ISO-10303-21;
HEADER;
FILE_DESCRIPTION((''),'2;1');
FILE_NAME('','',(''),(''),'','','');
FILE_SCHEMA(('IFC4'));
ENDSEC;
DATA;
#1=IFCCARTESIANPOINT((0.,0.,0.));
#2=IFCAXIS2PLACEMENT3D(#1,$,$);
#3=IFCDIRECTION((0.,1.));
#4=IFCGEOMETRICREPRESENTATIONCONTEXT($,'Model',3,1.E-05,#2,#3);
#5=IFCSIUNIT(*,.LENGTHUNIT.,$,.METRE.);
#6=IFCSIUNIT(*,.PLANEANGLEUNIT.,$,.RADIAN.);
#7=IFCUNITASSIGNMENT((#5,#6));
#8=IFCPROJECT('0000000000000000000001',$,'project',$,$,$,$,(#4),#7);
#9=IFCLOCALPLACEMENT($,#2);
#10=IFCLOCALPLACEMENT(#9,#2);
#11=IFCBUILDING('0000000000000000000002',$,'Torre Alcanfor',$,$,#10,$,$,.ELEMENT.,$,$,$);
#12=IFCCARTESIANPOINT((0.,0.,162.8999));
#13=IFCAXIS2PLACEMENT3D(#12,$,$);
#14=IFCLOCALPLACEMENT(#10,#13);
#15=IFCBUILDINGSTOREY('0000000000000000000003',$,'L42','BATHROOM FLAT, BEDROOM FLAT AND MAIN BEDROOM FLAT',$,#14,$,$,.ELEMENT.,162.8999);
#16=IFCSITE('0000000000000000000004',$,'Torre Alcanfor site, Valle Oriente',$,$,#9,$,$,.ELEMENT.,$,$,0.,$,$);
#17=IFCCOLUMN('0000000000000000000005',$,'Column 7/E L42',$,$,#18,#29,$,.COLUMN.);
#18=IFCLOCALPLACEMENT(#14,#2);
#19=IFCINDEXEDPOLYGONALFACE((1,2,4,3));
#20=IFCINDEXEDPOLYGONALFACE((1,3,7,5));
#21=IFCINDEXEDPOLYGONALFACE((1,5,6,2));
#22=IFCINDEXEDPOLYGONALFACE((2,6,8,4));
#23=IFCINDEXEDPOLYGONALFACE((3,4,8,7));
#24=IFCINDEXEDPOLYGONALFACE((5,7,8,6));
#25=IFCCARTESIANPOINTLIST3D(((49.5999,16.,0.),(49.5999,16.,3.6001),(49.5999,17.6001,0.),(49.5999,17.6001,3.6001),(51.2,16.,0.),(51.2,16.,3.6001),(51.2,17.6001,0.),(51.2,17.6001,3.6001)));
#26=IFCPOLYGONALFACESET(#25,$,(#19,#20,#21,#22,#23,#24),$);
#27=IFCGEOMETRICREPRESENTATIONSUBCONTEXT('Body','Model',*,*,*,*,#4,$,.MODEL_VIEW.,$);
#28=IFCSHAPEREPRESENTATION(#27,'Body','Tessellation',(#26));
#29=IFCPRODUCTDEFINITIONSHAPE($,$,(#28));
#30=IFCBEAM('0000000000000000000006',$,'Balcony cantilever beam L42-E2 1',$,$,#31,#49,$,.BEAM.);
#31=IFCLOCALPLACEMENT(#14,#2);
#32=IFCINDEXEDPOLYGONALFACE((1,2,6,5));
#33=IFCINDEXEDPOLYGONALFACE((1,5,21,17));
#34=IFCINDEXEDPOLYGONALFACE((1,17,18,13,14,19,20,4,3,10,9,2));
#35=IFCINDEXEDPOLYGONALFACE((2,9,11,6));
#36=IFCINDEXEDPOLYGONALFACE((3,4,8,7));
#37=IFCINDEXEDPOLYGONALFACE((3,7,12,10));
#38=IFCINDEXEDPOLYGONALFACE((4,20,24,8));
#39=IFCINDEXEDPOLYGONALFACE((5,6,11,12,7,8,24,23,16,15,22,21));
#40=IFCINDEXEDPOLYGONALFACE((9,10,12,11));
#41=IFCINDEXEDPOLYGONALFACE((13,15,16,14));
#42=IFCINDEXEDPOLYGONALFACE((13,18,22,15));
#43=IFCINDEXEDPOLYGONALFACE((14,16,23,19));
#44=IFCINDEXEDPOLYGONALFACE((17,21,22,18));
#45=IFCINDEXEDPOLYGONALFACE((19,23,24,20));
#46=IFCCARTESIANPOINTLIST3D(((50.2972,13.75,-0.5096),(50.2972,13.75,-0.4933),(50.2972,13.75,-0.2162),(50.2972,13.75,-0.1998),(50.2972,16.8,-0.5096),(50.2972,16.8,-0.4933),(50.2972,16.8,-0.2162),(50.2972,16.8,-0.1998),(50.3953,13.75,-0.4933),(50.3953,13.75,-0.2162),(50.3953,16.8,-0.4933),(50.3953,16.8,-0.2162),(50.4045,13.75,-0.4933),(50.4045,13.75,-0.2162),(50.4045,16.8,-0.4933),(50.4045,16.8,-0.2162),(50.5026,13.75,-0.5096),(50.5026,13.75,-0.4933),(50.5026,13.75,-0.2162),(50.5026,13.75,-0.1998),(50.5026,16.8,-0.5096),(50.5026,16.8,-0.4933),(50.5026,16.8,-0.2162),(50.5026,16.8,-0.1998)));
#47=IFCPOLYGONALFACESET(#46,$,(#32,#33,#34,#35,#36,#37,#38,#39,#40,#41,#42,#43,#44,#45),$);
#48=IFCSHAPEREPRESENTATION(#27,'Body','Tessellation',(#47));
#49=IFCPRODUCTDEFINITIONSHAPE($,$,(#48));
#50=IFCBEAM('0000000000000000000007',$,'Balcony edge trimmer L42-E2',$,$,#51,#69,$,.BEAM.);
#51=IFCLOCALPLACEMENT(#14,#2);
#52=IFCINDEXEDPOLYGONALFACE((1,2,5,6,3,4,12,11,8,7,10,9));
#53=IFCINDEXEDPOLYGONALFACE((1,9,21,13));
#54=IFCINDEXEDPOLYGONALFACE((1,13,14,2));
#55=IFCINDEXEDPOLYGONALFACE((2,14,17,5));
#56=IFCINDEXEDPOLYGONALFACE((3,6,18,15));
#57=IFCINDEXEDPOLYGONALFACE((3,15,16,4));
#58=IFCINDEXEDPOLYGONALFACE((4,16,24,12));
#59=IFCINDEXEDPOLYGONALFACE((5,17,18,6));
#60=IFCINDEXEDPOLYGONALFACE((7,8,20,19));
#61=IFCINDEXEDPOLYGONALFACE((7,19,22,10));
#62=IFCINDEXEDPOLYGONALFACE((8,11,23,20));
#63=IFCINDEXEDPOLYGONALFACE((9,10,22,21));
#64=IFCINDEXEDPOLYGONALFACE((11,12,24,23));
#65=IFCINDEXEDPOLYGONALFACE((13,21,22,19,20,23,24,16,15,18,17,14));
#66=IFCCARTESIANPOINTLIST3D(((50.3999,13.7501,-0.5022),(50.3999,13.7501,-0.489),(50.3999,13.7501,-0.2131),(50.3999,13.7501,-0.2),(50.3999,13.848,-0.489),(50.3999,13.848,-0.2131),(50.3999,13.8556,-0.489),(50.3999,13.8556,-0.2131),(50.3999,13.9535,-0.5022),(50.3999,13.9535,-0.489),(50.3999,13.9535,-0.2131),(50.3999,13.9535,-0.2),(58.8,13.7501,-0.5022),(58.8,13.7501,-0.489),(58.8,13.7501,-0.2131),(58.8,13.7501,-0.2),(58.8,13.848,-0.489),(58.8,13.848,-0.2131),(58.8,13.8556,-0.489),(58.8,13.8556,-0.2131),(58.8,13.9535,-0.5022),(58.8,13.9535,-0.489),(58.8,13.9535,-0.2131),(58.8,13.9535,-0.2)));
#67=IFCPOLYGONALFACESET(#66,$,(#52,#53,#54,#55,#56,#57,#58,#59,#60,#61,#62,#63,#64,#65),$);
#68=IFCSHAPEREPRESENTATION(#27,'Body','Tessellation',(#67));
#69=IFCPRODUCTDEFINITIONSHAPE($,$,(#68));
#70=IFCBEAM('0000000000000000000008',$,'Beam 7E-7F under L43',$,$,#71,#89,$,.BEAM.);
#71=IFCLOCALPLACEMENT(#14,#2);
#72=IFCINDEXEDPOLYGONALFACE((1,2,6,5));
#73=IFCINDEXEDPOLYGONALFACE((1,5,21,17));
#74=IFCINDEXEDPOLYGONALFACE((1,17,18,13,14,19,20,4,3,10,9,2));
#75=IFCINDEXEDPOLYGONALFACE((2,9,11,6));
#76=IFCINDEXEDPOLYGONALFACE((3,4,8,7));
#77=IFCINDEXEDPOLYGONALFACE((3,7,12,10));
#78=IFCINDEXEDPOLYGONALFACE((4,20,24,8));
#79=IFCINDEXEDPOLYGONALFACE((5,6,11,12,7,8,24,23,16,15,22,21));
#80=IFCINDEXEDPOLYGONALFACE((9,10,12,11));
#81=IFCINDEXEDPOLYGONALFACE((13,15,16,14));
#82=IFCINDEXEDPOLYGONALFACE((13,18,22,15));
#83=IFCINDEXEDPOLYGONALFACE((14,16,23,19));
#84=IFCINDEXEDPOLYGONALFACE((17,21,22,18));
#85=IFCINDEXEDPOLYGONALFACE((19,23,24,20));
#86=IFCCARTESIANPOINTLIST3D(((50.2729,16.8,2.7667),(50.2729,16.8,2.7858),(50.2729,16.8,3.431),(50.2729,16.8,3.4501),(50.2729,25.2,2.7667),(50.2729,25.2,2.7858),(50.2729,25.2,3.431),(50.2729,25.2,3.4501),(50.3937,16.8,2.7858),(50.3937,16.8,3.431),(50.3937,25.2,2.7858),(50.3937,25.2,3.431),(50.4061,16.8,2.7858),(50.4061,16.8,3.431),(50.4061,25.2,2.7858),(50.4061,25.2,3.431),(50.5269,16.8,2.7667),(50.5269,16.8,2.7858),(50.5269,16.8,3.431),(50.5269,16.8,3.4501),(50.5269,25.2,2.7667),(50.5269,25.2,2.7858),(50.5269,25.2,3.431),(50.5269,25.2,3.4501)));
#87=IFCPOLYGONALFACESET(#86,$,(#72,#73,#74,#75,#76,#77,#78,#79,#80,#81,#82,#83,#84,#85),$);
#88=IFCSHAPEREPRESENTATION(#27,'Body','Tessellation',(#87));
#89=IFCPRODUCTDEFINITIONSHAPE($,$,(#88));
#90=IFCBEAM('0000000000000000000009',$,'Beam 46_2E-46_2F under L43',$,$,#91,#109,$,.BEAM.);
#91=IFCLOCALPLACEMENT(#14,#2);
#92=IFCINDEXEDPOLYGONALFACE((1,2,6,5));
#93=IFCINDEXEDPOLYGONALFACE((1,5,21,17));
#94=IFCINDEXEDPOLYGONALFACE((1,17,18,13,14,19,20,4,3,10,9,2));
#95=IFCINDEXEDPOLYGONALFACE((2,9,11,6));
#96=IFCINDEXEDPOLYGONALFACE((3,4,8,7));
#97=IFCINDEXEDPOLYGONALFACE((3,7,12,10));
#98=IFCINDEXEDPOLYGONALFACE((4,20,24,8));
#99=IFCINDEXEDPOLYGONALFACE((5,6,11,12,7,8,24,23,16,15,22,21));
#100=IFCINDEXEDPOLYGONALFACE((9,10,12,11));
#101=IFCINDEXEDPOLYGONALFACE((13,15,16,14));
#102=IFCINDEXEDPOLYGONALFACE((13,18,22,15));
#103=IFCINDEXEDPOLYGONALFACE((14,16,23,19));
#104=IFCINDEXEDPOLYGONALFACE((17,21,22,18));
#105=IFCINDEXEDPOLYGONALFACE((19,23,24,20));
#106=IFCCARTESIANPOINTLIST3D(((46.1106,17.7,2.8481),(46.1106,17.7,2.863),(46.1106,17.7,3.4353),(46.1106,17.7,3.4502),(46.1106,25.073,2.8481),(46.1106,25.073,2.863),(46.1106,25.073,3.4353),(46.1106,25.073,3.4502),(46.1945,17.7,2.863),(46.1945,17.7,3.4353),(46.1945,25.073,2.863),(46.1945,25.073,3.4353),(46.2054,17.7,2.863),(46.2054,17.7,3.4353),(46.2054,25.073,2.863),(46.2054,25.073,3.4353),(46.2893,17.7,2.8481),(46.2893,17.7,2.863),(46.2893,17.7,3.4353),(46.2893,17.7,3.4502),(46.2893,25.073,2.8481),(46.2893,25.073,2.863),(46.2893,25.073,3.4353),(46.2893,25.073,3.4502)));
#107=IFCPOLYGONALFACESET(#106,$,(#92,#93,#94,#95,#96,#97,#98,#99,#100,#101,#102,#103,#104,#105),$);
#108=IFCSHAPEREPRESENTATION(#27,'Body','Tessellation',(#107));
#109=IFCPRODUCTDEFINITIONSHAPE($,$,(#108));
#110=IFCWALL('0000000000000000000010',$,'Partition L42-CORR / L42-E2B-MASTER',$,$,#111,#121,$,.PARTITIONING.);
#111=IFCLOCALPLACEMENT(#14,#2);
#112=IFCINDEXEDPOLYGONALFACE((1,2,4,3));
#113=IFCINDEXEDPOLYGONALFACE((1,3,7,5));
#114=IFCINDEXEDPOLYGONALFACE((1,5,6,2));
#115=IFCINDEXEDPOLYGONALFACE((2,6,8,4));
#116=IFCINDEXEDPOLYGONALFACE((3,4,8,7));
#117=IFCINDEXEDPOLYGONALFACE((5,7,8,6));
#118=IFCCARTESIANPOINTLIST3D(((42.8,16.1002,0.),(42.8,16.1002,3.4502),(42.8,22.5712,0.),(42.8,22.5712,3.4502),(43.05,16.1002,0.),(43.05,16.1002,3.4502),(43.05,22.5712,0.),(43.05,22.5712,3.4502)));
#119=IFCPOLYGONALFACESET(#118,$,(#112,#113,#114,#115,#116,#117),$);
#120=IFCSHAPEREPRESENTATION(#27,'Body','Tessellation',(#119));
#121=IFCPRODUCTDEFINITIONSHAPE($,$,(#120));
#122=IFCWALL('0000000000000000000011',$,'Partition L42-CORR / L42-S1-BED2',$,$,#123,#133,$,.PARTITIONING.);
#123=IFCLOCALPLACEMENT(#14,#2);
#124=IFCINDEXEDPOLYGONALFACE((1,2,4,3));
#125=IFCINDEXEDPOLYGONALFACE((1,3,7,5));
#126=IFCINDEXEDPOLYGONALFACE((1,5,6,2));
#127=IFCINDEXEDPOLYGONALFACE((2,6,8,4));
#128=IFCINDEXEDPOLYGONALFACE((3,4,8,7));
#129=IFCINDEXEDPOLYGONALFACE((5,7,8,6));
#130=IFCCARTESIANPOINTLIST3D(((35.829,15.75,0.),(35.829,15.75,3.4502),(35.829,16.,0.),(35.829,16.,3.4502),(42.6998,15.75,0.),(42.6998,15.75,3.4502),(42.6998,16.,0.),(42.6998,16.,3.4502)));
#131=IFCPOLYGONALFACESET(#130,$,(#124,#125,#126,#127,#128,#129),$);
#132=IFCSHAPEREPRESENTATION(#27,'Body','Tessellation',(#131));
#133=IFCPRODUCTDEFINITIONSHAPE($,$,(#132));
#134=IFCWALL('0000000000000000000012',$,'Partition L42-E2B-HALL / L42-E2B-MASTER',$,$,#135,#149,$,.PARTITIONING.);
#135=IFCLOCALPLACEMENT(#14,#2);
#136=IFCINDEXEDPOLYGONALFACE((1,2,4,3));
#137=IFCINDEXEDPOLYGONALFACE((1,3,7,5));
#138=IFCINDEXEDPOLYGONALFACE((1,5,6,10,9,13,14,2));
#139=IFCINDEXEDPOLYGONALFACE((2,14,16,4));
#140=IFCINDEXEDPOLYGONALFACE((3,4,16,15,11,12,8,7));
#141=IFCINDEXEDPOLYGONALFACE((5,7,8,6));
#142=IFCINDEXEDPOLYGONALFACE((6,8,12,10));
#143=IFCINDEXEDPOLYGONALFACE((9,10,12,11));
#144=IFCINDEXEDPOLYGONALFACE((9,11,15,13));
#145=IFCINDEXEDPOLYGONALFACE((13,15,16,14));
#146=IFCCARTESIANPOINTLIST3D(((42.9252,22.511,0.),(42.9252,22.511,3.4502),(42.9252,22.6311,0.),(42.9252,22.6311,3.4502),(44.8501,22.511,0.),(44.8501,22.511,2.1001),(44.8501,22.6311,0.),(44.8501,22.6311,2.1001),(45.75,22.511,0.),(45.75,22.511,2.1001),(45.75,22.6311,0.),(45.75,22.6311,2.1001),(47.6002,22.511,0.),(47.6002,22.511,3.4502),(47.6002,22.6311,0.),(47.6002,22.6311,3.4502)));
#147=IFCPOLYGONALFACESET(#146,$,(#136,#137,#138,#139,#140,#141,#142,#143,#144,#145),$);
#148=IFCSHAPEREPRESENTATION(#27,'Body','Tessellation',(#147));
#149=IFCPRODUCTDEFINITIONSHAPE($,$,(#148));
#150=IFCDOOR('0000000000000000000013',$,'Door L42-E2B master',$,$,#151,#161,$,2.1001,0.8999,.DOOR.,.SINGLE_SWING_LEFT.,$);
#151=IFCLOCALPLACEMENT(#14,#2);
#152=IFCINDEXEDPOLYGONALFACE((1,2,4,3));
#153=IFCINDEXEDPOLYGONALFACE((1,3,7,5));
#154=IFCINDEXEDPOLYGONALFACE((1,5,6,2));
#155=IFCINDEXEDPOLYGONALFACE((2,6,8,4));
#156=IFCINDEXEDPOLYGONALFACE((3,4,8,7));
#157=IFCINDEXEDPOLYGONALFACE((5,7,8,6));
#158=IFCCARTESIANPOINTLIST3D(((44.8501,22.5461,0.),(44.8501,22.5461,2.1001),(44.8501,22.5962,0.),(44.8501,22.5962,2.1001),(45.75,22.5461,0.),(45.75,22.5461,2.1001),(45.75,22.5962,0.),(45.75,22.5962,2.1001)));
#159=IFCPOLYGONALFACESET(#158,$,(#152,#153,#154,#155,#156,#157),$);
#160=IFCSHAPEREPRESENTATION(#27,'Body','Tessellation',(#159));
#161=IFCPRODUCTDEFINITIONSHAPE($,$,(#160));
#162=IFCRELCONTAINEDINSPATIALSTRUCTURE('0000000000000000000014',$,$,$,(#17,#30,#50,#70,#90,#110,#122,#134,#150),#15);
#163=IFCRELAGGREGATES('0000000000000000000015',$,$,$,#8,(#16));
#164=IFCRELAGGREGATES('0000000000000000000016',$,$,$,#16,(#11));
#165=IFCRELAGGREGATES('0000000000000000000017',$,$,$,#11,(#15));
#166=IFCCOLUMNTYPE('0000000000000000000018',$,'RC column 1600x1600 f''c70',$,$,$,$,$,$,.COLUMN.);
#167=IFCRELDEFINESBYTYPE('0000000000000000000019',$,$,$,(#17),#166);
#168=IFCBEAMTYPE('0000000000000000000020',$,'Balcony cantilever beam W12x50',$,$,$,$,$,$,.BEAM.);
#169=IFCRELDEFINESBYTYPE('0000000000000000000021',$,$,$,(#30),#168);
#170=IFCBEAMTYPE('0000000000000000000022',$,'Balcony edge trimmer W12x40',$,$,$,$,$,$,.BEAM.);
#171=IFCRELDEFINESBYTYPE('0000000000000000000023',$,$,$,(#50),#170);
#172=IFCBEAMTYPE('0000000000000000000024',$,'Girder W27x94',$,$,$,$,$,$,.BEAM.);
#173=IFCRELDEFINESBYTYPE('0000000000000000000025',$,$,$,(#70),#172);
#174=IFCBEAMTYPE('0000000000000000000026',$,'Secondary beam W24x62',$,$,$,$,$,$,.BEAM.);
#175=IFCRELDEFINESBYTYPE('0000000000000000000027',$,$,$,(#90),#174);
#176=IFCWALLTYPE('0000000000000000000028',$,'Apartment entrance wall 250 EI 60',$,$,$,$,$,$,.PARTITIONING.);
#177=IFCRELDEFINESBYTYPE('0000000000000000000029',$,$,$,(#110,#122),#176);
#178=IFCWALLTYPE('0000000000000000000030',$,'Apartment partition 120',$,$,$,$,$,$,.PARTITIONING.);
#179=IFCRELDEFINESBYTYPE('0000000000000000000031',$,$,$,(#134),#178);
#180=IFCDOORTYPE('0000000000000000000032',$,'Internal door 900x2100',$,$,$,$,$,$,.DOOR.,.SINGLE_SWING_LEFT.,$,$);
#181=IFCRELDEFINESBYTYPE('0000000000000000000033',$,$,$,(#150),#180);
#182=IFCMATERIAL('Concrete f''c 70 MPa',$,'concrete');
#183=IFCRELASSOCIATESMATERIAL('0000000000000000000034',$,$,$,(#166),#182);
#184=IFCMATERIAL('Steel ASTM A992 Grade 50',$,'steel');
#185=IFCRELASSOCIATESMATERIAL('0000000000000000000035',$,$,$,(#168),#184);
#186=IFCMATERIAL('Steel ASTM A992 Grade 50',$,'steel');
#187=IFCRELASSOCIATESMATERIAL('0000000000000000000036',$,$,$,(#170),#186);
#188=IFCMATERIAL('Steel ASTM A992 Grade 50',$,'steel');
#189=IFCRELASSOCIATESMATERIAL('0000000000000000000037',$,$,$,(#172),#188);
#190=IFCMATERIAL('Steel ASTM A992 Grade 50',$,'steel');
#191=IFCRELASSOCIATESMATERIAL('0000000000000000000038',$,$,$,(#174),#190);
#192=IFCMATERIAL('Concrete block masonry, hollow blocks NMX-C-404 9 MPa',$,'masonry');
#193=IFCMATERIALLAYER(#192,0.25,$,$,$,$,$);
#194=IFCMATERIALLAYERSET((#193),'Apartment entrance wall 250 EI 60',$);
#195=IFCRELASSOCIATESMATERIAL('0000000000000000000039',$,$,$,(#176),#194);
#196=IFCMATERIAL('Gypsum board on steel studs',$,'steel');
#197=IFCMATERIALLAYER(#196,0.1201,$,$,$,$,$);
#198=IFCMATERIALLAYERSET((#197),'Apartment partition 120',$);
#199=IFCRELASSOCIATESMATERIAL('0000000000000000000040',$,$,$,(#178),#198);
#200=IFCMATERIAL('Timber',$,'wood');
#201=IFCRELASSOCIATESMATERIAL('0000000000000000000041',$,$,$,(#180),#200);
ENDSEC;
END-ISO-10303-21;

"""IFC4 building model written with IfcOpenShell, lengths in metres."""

from ifc_helpers import new_model, si_unit, direction, frame, frame_2d, origin, origin_2d, place, context, subcontext, project, spatial, rectangle, i_section, extrude, material, layer, layer_set, material_profile, profile_set, type_object, element, fill, save


model = new_model("IFC4")

# Units and contexts
model_context = context("Model", 3, precision=1e-05, world=origin(), true_north=direction((0.0, 1.0)))
body_context = subcontext(model_context, "Body", "Model", "MODEL_VIEW")
ifc_project = project(units=[si_unit("LENGTHUNIT", "METRE"), si_unit("PLANEANGLEUNIT", "RADIAN")], contexts=[model_context])

# Site, building, storey
site_placement = place(None, origin())
site = spatial("IfcSite", under=ifc_project, at=site_placement, Name="Torre Alcanfor site, Valle Oriente", CompositionType="ELEMENT", RefElevation=0.0)
building_placement = place(site_placement, origin())
building = spatial("IfcBuilding", under=site, at=building_placement, Name="Torre Alcanfor", CompositionType="ELEMENT")
storey_placement = place(building_placement, frame((0.0, 0.0, 162.8999)))
storey = spatial("IfcBuildingStorey", under=building, at=storey_placement, Name="L42", Description="BATHROOM FLAT, BEDROOM FLAT AND MAIN BEDROOM FLAT", CompositionType="ELEMENT", Elevation=162.8999)

# Column
ifc_material_1 = material(Name="Concrete f'c 70 MPa", Category="concrete")
ifc_material_profile_1 = material_profile(ifc_material_1, rectangle(XDim=1.6001, YDim=1.6001, at=origin_2d()), Name="1600x1600")
ifc_profile_set_1 = profile_set([ifc_material_profile_1], Name="Concrete f'c 70 MPa")
column_type = type_object("IfcColumnType", Name="RC column 1600x1600 f'c70", PredefinedType="COLUMN", material=ifc_profile_set_1)
column_placement = place(storey_placement, frame((50.3999, 16.8, 0.0), z_axis=(0.0, 0.0, 1.0), x_axis=(1.0, 0.0, 0.0)))
element("IfcColumn", 1, at=column_placement, inside=storey, type_object=column_type, Name="Column 7/E L42", PredefinedType="COLUMN", context=body_context, shape_type="SweptSolid", body=[
    extrude(rectangle(XDim=1.6001, YDim=1.6001, at=origin_2d()), origin(), (0.0, 0.0, 1.0), 3.6001),
])

# Beams
ifc_material_2 = material(Name="Steel ASTM A992 Grade 50", Category="steel")
ifc_material_profile_2 = material_profile(ifc_material_2, i_section(OverallWidth=0.2053, OverallDepth=0.3098, WebThickness=0.0093, FlangeThickness=0.0164, at=origin_2d()), Name="W12x50")
ifc_profile_set_2 = profile_set([ifc_material_profile_2], Name="Steel ASTM A992 Grade 50")
beam_type_1 = type_object("IfcBeamType", Name="Balcony cantilever beam W12x50", PredefinedType="BEAM", material=ifc_profile_set_2)
beam_1_placement = place(storey_placement, frame((50.3999, 16.8, -0.3547), z_axis=(0.0, -1.0, 0.0), x_axis=(1.0, 0.0, 0.0)))
element("IfcBeam", 2, at=beam_1_placement, inside=storey, type_object=beam_type_1, Name="Balcony cantilever beam L42-E2 1", PredefinedType="BEAM", context=body_context, shape_type="SweptSolid", body=[
    extrude(i_section(OverallWidth=0.2053, OverallDepth=0.3098, WebThickness=0.0093, FlangeThickness=0.0164, at=origin_2d()), origin(), (0.0, 0.0, 1.0), 3.05),
])
ifc_material_3 = material(Name="Steel ASTM A992 Grade 50", Category="steel")
ifc_material_profile_3 = material_profile(ifc_material_3, i_section(OverallWidth=0.2034, OverallDepth=0.3022, WebThickness=0.0076, FlangeThickness=0.0132, at=origin_2d()), Name="W12x40")
ifc_profile_set_3 = profile_set([ifc_material_profile_3], Name="Steel ASTM A992 Grade 50")
beam_type_2 = type_object("IfcBeamType", Name="Balcony edge trimmer W12x40", PredefinedType="BEAM", material=ifc_profile_set_3)
beam_2_placement = place(storey_placement, frame((50.3999, 13.8518, -0.3511), z_axis=(1.0, 0.0, 0.0), x_axis=(0.0, 1.0, 0.0)))
element("IfcBeam", 3, at=beam_2_placement, inside=storey, type_object=beam_type_2, Name="Balcony edge trimmer L42-E2", PredefinedType="BEAM", context=body_context, shape_type="SweptSolid", body=[
    extrude(i_section(OverallWidth=0.2034, OverallDepth=0.3022, WebThickness=0.0076, FlangeThickness=0.0132, at=origin_2d()), origin(), (0.0, 0.0, 1.0), 8.4001),
])
ifc_material_4 = material(Name="Steel ASTM A992 Grade 50", Category="steel")
ifc_material_profile_4 = material_profile(ifc_material_4, i_section(OverallWidth=0.2539, OverallDepth=0.6833, WebThickness=0.0125, FlangeThickness=0.019, at=origin_2d()), Name="W27x94")
ifc_profile_set_4 = profile_set([ifc_material_profile_4], Name="Steel ASTM A992 Grade 50")
beam_type_3 = type_object("IfcBeamType", Name="Girder W27x94", PredefinedType="BEAM", material=ifc_profile_set_4)
beam_3_placement = place(storey_placement, frame((50.3999, 16.8, 3.1084), z_axis=(0.0, 1.0, 0.0), x_axis=(-1.0, 0.0, 0.0)))
element("IfcBeam", 4, at=beam_3_placement, inside=storey, type_object=beam_type_3, Name="Beam 7E-7F under L43", PredefinedType="BEAM", context=body_context, shape_type="SweptSolid", body=[
    extrude(i_section(OverallWidth=0.2539, OverallDepth=0.6833, WebThickness=0.0125, FlangeThickness=0.019, at=origin_2d()), origin(), (0.0, 0.0, 1.0), 8.3999),
])
ifc_material_5 = material(Name="Steel ASTM A992 Grade 50", Category="steel")
ifc_material_profile_5 = material_profile(ifc_material_5, i_section(OverallWidth=0.1787, OverallDepth=0.6021, WebThickness=0.011, FlangeThickness=0.0149, at=origin_2d()), Name="W24x62")
ifc_profile_set_5 = profile_set([ifc_material_profile_5], Name="Steel ASTM A992 Grade 50")
beam_type_4 = type_object("IfcBeamType", Name="Secondary beam W24x62", PredefinedType="BEAM", material=ifc_profile_set_5)
beam_4_placement = place(storey_placement, frame((46.2, 17.7, 3.1492), z_axis=(0.0, 1.0, 0.0), x_axis=(-1.0, 0.0, 0.0)))
element("IfcBeam", 5, at=beam_4_placement, inside=storey, type_object=beam_type_4, Name="Beam 46_2E-46_2F under L43", PredefinedType="BEAM", context=body_context, shape_type="SweptSolid", body=[
    extrude(i_section(OverallWidth=0.1787, OverallDepth=0.6021, WebThickness=0.011, FlangeThickness=0.0149, at=origin_2d()), origin(), (0.0, 0.0, 1.0), 7.373),
])

# Walls
ifc_material_6 = material(Name="Concrete block masonry, hollow blocks NMX-C-404 9 MPa", Category="masonry")
ifc_layer_1 = layer(ifc_material_6, 0.25)
ifc_layer_set_1 = layer_set([ifc_layer_1], Name="Apartment entrance wall 250 EI 60")
wall_type_1 = type_object("IfcWallType", Name="Apartment entrance wall 250 EI 60", PredefinedType="PARTITIONING", material=ifc_layer_set_1)
wall_1_placement = place(storey_placement, frame((42.925, 22.571, 0.0), z_axis=(0.0, 0.0, 1.0), x_axis=(0.0, -1.0, 0.0)))
element("IfcWall", 6, at=wall_1_placement, inside=storey, type_object=wall_type_1, Name="Partition L42-CORR / L42-E2B-MASTER", PredefinedType="PARTITIONING", context=body_context, shape_type="SweptSolid", body=[
    extrude(rectangle(XDim=6.4709, YDim=0.25, at=frame_2d((3.2354, 0.0))), origin(), (0.0, 0.0, 1.0), 3.4502),
])
wall_2_placement = place(storey_placement, frame((42.7, 15.875, 0.0), z_axis=(0.0, 0.0, 1.0), x_axis=(-1.0, 0.0, 0.0)))
element("IfcWall", 7, at=wall_2_placement, inside=storey, type_object=wall_type_1, Name="Partition L42-CORR / L42-S1-BED2", PredefinedType="PARTITIONING", context=body_context, shape_type="SweptSolid", body=[
    extrude(rectangle(XDim=6.8708, YDim=0.25, at=frame_2d((3.4355, 0.0))), origin(), (0.0, 0.0, 1.0), 3.4502),
])

# Wall, opening, door
ifc_material_7 = material(Name="Gypsum board on steel studs", Category="steel")
ifc_layer_2 = layer(ifc_material_7, 0.1201)
ifc_layer_set_2 = layer_set([ifc_layer_2], Name="Apartment partition 120")
wall_type_2 = type_object("IfcWallType", Name="Apartment partition 120", PredefinedType="PARTITIONING", material=ifc_layer_set_2)
wall_3_placement = place(storey_placement, frame((47.6001, 22.571, 0.0), z_axis=(0.0, 0.0, 1.0), x_axis=(-1.0, 0.0, 0.0)))
wall_3 = element("IfcWall", 8, at=wall_3_placement, inside=storey, type_object=wall_type_2, Name="Partition L42-E2B-HALL / L42-E2B-MASTER", PredefinedType="PARTITIONING", context=body_context, shape_type="SweptSolid", body=[
    extrude(rectangle(XDim=4.675, YDim=0.1201, at=frame_2d((2.3374, 0.0))), origin(), (0.0, 0.0, 1.0), 3.4502),
])
opening_1_placement = place(wall_3_placement, frame((1.8501, 0.0, 0.0)))
opening_1 = element("IfcOpeningElement", 9, at=opening_1_placement, cuts=wall_3, PredefinedType="OPENING", context=body_context, shape_type="SweptSolid", body=[
    extrude(rectangle(XDim=0.8999, YDim=2.1001, at=frame_2d((0.45, 1.05))), frame((0.0, 0.0701, 0.0), z_axis=(0.0, -1.0, 0.0), x_axis=(1.0, 0.0, 0.0)), (0.0, 0.0, 1.0), 0.1401),
])
ifc_material_8 = material(Name="Timber", Category="wood")
door_type_1 = type_object("IfcDoorType", Name="Internal door 900x2100", OperationType="SINGLE_SWING_LEFT", PredefinedType="DOOR", material=ifc_material_8)
door_1_placement = place(opening_1_placement, origin())
door_1 = element("IfcDoor", 10, at=door_1_placement, inside=storey, type_object=door_type_1, Name="Door L42-E2B master", OperationType="SINGLE_SWING_LEFT", OverallHeight=2.1001, OverallWidth=0.8999, PredefinedType="DOOR", context=body_context, shape_type="SweptSolid", body=[
    extrude(rectangle(XDim=0.8999, YDim=2.1001, at=frame_2d((0.45, 1.05))), frame((0.0, 0.0249, 0.0), z_axis=(0.0, -1.0, 0.0), x_axis=(1.0, 0.0, 0.0)), (0.0, 0.0, 1.0), 0.05),
])
fill(opening_1, door_1)

save(model, "model.ifc")
